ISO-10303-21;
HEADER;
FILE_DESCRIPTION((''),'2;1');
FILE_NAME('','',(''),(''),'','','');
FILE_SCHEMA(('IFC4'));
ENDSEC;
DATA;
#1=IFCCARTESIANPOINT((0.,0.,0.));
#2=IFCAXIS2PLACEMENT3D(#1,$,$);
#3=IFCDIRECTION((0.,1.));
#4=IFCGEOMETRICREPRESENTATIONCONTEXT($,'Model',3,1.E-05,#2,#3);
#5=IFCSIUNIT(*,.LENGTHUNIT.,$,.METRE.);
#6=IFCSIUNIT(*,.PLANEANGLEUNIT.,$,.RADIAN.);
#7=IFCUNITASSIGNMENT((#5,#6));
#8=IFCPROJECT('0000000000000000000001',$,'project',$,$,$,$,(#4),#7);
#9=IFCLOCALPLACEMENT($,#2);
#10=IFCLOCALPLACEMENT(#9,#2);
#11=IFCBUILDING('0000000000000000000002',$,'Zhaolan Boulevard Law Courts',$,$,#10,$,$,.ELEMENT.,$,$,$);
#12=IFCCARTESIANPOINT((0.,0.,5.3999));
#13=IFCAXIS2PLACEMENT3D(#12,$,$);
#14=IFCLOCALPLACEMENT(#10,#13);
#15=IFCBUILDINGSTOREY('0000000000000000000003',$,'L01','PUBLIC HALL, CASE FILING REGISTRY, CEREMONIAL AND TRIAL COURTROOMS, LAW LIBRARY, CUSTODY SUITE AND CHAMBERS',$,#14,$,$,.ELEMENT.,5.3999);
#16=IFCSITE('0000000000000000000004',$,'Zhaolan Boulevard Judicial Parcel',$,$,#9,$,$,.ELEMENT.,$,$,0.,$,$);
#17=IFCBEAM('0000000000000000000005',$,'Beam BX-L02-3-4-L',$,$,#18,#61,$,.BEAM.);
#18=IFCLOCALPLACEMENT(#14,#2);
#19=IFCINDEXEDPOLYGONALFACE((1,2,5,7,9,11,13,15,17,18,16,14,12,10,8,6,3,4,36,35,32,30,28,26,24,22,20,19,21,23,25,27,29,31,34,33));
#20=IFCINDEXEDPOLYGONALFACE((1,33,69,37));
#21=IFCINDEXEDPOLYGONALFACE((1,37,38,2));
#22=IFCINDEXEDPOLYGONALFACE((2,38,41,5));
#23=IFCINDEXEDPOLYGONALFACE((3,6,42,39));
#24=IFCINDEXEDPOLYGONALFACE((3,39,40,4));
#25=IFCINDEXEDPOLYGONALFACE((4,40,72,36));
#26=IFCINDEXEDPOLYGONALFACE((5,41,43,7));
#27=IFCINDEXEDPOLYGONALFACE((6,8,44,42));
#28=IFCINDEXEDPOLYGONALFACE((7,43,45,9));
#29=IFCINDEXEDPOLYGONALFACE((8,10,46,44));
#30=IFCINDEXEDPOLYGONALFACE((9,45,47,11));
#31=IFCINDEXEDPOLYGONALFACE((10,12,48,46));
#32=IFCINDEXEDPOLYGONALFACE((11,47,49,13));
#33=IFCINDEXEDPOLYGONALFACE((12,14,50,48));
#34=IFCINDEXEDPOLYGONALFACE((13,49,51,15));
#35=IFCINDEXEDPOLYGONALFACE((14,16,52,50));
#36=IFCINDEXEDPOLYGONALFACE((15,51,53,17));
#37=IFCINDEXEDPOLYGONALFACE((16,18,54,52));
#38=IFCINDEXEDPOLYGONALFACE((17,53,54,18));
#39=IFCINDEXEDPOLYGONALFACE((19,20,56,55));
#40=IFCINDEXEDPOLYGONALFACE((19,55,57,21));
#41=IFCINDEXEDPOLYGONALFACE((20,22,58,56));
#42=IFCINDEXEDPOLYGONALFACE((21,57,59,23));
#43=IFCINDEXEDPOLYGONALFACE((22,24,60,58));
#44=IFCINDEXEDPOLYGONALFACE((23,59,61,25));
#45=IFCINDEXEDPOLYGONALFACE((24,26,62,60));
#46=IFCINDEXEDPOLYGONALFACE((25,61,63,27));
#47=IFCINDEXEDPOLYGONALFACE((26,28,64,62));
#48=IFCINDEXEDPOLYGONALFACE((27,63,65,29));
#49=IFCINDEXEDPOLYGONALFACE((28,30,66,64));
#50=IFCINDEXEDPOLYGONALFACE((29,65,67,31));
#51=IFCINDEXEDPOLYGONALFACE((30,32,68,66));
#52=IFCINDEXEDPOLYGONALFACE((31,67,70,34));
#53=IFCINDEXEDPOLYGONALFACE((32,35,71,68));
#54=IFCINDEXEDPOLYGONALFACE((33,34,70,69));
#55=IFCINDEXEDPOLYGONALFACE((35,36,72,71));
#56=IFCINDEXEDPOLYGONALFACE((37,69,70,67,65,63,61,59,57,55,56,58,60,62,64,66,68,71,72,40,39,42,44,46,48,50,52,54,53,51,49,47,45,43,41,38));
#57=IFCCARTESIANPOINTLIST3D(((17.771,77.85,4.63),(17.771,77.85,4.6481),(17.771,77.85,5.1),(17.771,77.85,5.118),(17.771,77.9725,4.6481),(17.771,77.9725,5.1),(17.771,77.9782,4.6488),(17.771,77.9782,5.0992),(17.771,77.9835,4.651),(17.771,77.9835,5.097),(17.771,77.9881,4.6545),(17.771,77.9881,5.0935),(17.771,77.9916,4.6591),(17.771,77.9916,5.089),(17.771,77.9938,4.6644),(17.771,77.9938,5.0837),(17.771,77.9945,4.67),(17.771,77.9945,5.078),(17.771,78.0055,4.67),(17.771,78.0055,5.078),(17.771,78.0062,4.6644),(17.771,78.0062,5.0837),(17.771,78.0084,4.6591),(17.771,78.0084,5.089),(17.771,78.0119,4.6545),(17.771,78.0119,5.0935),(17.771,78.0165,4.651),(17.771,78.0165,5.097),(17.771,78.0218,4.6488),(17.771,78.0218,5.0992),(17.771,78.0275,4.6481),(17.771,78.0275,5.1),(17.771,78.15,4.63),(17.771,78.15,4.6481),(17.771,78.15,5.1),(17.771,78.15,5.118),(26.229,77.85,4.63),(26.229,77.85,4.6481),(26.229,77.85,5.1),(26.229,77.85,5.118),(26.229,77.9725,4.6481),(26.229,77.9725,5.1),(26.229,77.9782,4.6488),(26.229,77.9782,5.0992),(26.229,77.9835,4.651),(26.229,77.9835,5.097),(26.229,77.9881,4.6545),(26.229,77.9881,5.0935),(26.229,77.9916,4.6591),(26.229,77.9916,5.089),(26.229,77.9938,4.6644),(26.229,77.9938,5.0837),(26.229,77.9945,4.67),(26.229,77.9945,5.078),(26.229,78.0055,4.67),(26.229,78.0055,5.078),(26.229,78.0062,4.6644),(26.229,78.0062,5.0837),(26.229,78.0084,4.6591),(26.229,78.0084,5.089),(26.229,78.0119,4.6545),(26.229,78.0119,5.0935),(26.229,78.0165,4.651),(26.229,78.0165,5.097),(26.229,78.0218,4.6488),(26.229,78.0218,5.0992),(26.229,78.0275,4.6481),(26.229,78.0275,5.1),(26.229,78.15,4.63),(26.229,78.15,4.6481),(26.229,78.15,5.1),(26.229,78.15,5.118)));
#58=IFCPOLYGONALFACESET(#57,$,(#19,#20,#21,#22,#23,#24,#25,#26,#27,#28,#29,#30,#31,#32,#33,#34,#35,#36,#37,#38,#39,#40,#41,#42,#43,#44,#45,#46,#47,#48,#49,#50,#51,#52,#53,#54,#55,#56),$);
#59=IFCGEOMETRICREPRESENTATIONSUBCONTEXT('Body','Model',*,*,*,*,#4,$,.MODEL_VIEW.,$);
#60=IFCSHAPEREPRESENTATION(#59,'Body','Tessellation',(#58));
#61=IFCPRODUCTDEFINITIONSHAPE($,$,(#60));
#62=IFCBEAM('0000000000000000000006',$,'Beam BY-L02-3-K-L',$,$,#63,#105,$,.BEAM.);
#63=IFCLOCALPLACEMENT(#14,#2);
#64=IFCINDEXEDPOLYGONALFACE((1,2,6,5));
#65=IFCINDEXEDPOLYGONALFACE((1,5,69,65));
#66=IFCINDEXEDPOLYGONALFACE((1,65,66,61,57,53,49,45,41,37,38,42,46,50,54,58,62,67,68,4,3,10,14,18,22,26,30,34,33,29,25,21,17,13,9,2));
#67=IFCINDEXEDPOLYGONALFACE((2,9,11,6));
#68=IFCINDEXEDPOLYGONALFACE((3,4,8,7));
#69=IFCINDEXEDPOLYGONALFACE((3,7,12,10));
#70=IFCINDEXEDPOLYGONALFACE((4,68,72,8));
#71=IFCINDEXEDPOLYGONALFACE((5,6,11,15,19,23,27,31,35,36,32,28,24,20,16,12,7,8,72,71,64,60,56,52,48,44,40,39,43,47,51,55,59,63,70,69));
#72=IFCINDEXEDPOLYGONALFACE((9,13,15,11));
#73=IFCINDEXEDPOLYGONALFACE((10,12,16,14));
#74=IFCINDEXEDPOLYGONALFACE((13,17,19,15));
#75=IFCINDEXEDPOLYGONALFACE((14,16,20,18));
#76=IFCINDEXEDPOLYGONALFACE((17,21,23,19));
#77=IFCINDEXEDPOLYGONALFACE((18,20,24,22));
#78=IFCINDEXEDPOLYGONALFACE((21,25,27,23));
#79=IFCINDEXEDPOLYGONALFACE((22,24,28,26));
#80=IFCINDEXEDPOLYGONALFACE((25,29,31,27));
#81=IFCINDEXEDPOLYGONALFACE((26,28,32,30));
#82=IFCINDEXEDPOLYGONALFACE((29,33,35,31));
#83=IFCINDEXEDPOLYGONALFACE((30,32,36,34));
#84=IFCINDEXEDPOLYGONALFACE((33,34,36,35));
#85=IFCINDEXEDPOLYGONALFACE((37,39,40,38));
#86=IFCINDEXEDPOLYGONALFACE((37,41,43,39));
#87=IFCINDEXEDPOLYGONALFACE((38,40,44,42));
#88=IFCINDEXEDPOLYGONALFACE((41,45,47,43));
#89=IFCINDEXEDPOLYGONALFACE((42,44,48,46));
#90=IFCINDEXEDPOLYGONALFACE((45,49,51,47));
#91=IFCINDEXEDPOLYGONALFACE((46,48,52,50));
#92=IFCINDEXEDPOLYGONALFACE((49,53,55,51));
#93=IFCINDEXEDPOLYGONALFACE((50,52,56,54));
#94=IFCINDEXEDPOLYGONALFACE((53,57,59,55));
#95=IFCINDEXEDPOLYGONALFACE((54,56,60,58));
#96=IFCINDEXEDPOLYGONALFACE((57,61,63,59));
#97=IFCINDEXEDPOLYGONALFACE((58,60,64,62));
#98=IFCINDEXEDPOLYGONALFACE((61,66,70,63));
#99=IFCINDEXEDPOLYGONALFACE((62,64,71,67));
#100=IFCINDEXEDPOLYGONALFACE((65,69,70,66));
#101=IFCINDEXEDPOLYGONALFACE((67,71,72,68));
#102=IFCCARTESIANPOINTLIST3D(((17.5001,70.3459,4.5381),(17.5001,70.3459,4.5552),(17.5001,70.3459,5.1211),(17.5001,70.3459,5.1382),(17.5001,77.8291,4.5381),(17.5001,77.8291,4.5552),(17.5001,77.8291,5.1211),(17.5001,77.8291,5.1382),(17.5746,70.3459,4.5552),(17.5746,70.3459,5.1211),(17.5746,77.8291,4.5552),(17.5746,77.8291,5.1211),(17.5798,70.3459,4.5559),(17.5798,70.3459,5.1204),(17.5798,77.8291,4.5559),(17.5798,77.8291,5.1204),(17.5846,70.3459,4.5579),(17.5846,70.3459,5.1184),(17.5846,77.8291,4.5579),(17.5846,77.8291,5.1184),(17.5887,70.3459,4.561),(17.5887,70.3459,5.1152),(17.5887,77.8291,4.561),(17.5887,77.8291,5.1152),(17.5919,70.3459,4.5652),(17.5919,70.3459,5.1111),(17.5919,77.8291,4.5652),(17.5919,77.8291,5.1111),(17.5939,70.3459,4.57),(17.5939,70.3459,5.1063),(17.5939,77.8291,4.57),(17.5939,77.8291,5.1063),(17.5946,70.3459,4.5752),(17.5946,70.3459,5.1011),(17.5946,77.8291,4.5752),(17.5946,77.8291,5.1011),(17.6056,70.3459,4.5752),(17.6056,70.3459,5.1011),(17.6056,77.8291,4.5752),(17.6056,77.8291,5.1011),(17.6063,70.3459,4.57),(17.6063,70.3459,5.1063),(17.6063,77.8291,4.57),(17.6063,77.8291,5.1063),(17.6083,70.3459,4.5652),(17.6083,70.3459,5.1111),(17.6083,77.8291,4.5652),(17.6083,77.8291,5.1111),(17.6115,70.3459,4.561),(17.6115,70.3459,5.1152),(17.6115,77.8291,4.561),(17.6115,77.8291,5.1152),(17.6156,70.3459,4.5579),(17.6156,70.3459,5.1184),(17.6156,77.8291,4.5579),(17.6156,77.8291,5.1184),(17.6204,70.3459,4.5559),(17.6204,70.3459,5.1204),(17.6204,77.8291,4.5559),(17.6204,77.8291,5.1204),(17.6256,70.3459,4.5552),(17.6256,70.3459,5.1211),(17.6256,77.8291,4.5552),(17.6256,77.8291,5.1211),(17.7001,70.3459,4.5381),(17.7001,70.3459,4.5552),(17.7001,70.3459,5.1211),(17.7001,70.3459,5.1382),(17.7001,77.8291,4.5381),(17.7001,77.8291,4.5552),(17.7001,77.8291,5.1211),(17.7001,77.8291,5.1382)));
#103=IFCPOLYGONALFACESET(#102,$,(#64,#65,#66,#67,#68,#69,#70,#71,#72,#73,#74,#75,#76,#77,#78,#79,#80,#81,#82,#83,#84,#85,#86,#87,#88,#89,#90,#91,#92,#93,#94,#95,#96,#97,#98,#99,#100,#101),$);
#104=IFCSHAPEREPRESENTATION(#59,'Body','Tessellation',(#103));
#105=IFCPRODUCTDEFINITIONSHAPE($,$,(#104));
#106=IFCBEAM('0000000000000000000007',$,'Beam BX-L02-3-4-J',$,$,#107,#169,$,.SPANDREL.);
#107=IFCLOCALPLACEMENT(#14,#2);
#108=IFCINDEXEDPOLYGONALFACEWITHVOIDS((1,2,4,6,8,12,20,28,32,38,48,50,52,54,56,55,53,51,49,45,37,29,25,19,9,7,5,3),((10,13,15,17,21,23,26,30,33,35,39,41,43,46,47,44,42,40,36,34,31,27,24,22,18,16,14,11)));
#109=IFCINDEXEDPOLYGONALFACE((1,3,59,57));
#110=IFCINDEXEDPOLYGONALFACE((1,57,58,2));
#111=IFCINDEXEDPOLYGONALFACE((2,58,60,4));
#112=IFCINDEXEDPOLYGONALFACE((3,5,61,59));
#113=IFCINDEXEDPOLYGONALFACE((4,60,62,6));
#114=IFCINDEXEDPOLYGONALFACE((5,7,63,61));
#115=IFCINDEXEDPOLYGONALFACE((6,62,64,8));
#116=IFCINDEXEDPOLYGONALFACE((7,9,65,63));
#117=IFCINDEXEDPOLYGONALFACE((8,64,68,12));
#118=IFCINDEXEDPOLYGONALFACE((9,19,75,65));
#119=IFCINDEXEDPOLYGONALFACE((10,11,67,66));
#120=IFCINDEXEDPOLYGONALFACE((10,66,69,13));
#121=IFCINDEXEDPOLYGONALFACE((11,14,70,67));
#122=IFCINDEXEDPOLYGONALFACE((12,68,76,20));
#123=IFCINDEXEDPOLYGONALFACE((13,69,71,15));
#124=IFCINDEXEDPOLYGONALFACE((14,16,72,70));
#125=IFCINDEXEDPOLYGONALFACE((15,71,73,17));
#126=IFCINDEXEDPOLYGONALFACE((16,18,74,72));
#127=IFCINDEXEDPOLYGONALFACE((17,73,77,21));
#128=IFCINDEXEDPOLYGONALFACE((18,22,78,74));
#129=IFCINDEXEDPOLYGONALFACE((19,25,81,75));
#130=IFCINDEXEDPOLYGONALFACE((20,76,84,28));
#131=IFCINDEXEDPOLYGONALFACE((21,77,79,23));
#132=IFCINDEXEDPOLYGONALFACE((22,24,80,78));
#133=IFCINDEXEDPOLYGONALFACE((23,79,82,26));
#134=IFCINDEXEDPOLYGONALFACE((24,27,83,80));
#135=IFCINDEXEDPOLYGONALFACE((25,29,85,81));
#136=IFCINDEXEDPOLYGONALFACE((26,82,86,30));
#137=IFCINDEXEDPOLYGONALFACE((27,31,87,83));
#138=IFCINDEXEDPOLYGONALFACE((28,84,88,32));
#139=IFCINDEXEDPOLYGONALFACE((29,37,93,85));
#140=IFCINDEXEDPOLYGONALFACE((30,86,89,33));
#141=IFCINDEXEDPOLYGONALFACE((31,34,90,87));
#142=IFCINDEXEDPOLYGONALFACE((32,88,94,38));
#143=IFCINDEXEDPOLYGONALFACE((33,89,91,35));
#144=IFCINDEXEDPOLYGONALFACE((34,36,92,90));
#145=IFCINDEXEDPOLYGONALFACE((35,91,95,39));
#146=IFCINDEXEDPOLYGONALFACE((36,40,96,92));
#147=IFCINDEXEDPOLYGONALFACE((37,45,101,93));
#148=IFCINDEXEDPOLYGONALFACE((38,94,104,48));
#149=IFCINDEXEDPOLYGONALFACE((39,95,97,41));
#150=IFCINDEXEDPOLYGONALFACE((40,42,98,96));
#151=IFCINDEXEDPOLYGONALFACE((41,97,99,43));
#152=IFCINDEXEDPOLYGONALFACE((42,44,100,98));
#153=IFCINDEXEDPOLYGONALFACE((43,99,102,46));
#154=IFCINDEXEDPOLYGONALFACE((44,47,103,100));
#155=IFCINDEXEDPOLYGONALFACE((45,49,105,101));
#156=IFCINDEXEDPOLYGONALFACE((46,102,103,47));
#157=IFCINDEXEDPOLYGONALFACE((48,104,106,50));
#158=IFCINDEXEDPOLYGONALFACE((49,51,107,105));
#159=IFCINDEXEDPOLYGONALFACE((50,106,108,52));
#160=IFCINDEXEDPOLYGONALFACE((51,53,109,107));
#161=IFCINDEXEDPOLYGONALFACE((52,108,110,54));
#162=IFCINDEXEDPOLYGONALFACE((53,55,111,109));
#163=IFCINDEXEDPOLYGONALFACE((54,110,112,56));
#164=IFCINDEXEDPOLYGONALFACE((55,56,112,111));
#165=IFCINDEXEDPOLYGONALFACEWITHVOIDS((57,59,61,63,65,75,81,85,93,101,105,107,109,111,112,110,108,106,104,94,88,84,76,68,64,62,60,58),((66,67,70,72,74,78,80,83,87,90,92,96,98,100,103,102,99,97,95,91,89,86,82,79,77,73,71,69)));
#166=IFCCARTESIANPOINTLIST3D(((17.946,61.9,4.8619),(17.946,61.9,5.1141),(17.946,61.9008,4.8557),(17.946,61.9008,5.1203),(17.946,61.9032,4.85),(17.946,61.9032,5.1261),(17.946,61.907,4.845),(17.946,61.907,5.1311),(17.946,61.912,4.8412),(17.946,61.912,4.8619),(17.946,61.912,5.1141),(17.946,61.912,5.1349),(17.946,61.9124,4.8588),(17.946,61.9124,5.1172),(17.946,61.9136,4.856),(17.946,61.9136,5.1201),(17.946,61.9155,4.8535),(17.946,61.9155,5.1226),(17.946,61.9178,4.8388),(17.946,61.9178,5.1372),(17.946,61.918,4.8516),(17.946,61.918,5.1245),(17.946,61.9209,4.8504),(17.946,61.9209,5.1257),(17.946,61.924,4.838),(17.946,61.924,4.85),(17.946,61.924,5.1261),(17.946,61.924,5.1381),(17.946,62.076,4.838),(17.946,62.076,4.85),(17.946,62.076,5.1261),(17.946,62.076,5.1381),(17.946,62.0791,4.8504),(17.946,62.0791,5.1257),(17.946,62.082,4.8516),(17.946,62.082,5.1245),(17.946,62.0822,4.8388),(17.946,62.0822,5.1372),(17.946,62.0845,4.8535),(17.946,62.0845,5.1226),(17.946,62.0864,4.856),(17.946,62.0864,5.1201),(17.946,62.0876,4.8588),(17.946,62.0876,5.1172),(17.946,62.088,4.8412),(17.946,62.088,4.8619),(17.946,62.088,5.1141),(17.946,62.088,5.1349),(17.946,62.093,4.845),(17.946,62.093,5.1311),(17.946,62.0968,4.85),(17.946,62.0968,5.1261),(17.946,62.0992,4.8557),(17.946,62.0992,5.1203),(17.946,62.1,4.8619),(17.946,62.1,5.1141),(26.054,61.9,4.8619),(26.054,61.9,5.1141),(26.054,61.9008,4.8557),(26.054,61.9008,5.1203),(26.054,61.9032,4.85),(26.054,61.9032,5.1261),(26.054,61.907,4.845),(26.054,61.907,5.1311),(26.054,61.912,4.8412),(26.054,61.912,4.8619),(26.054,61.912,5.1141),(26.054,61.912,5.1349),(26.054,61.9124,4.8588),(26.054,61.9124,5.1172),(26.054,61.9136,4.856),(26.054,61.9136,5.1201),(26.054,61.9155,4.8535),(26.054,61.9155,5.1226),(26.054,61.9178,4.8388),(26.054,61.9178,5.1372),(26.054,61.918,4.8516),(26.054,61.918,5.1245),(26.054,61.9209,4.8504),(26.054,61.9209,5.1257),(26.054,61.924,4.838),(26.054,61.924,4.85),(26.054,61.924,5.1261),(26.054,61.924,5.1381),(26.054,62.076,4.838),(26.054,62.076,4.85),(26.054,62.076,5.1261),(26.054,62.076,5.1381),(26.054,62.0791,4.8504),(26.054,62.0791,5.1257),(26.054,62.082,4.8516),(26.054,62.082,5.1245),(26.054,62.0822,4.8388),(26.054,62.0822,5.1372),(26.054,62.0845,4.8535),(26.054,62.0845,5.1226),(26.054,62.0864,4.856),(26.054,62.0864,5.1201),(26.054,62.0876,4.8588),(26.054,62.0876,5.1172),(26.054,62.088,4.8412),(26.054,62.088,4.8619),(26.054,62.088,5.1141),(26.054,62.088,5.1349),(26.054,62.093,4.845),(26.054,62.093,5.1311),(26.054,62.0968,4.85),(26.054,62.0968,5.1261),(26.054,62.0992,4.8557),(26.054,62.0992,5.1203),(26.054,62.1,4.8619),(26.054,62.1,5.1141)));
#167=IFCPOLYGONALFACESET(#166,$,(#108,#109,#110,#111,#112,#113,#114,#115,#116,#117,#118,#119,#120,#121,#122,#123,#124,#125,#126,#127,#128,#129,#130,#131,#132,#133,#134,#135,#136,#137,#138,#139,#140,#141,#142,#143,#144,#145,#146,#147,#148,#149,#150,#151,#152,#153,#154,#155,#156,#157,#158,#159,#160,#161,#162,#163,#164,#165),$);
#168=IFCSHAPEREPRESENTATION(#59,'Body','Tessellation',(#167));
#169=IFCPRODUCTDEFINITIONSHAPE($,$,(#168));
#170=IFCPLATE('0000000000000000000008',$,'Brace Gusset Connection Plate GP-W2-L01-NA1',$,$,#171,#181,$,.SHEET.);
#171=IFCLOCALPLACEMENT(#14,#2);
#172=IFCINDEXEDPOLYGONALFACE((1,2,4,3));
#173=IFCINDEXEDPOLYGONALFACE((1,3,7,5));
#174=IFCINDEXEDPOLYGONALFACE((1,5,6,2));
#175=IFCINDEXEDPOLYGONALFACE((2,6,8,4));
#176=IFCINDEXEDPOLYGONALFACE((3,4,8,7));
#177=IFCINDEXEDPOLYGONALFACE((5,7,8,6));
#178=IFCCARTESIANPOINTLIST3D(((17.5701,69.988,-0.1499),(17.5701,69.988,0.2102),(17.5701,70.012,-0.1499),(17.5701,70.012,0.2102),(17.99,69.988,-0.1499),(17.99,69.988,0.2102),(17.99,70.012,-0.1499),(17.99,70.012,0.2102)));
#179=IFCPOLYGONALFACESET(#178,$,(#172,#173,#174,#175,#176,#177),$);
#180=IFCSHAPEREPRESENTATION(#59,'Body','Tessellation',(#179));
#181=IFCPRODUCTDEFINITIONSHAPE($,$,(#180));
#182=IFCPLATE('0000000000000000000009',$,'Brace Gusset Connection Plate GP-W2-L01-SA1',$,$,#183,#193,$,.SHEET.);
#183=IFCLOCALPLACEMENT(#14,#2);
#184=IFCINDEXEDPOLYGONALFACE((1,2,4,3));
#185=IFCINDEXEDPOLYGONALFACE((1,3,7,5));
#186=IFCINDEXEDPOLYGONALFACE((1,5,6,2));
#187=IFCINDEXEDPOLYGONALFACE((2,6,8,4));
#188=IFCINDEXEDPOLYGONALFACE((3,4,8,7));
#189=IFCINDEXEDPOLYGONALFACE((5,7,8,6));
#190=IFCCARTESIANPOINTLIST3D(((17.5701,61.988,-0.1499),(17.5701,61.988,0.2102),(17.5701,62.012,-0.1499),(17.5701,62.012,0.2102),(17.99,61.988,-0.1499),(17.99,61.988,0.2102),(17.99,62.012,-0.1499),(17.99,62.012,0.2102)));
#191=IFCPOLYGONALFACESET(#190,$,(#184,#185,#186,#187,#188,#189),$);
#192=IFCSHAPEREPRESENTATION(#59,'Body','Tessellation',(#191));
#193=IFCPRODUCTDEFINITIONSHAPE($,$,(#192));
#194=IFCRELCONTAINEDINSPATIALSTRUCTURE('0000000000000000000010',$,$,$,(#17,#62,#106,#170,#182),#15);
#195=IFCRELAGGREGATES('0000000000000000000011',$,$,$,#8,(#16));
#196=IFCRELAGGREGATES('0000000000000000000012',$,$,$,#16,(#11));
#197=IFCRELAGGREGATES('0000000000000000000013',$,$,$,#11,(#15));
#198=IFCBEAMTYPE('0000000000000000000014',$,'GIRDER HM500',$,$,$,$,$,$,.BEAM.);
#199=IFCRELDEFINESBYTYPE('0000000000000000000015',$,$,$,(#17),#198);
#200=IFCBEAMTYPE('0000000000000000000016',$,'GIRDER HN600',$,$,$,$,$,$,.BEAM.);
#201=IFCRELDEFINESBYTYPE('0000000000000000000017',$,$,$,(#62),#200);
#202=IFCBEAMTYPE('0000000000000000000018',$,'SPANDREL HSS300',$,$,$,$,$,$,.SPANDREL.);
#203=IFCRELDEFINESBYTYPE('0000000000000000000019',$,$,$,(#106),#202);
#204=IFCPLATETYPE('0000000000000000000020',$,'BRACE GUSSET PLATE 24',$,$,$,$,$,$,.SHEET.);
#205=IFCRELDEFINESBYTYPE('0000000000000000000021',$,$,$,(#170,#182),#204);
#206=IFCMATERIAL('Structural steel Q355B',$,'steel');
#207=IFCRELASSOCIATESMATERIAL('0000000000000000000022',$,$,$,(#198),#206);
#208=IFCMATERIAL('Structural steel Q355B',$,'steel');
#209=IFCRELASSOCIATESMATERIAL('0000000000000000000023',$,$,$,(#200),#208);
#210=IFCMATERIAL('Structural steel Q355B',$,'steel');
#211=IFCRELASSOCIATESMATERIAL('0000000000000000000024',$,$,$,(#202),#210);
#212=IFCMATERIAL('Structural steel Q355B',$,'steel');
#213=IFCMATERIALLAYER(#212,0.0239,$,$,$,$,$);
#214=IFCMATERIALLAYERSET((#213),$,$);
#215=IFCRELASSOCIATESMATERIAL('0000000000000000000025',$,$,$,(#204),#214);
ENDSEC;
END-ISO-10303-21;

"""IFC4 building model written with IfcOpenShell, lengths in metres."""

from ifc_helpers import new_model, si_unit, direction, frame, origin, origin_2d, place, context, subcontext, project, spatial, rectangle, hollow_rectangle, i_section, extrude, material, layer, layer_set, material_profile, profile_set, type_object, element, save


model = new_model("IFC4")

# Units and contexts
model_context = context("Model", 3, precision=1e-05, world=origin(), true_north=direction((0.0, 1.0)))
body_context = subcontext(model_context, "Body", "Model", "MODEL_VIEW")
ifc_project = project(units=[si_unit("LENGTHUNIT", "METRE"), si_unit("PLANEANGLEUNIT", "RADIAN")], contexts=[model_context])

# Site, building, storey
site_placement = place(None, origin())
site = spatial("IfcSite", under=ifc_project, at=site_placement, Name="Zhaolan Boulevard Judicial Parcel", CompositionType="ELEMENT", RefElevation=0.0)
building_placement = place(site_placement, origin())
building = spatial("IfcBuilding", under=site, at=building_placement, Name="Zhaolan Boulevard Law Courts", CompositionType="ELEMENT")
storey_placement = place(building_placement, frame((0.0, 0.0, 5.3999)))
storey = spatial("IfcBuildingStorey", under=building, at=storey_placement, Name="L01", Description="PUBLIC HALL, CASE FILING REGISTRY, CEREMONIAL AND TRIAL COURTROOMS, LAW LIBRARY, CUSTODY SUITE AND CHAMBERS", CompositionType="ELEMENT", Elevation=5.3999)

# Beams
ifc_material_1 = material(Name="Structural steel Q355B", Category="steel")
ifc_material_profile_1 = material_profile(ifc_material_1, i_section(OverallWidth=0.3, OverallDepth=0.488, WebThickness=0.011, FlangeThickness=0.0181, FilletRadius=0.022, at=origin_2d()), Name="HM488x300")
ifc_profile_set_1 = profile_set([ifc_material_profile_1], Name="Structural steel Q355B")
beam_type_1 = type_object("IfcBeamType", Name="GIRDER HM500", PredefinedType="BEAM", material=ifc_profile_set_1)
beam_1_placement = place(storey_placement, frame((17.771, 78.0, 4.874), z_axis=(1.0, 0.0, 0.0), x_axis=(0.0, 1.0, 0.0)))
element("IfcBeam", 1, at=beam_1_placement, inside=storey, type_object=beam_type_1, Name="Beam BX-L02-3-4-L", PredefinedType="BEAM", context=body_context, shape_type="SweptSolid", body=[
    extrude(i_section(OverallWidth=0.3, OverallDepth=0.488, WebThickness=0.011, FlangeThickness=0.0181, FilletRadius=0.022, at=origin_2d()), origin(), (0.0, 0.0, 1.0), 8.458),
])
ifc_material_2 = material(Name="Structural steel Q355B", Category="steel")
ifc_material_profile_2 = material_profile(ifc_material_2, i_section(OverallWidth=0.2, OverallDepth=0.6001, WebThickness=0.011, FlangeThickness=0.0171, FilletRadius=0.02, at=origin_2d()), Name="HN600x200")
ifc_profile_set_2 = profile_set([ifc_material_profile_2], Name="Structural steel Q355B")
beam_type_2 = type_object("IfcBeamType", Name="GIRDER HN600", PredefinedType="BEAM", material=ifc_profile_set_2)
beam_2_placement = place(storey_placement, frame((17.6001, 70.3459, 4.8381), z_axis=(0.0, 1.0, 0.0), x_axis=(-1.0, 0.0, 0.0)))
element("IfcBeam", 2, at=beam_2_placement, inside=storey, type_object=beam_type_2, Name="Beam BY-L02-3-K-L", PredefinedType="BEAM", context=body_context, shape_type="SweptSolid", body=[
    extrude(i_section(OverallWidth=0.2, OverallDepth=0.6001, WebThickness=0.011, FlangeThickness=0.0171, FilletRadius=0.02, at=origin_2d()), origin(), (0.0, 0.0, 1.0), 7.4832),
])
ifc_material_3 = material(Name="Structural steel Q355B", Category="steel")
ifc_material_profile_3 = material_profile(ifc_material_3, hollow_rectangle(XDim=0.2, YDim=0.3, WallThickness=0.012, InnerFilletRadius=0.012, OuterFilletRadius=0.0239, at=origin_2d()), Name="HSS300x200x12")
ifc_profile_set_3 = profile_set([ifc_material_profile_3], Name="Structural steel Q355B")
beam_type_3 = type_object("IfcBeamType", Name="SPANDREL HSS300", PredefinedType="SPANDREL", material=ifc_profile_set_3)
beam_3_placement = place(storey_placement, frame((17.946, 62.0, 4.988), z_axis=(1.0, 0.0, 0.0), x_axis=(0.0, 1.0, 0.0)))
element("IfcBeam", 3, at=beam_3_placement, inside=storey, type_object=beam_type_3, Name="Beam BX-L02-3-4-J", PredefinedType="SPANDREL", context=body_context, shape_type="SweptSolid", body=[
    extrude(hollow_rectangle(XDim=0.2, YDim=0.3, WallThickness=0.012, InnerFilletRadius=0.012, OuterFilletRadius=0.0239, at=origin_2d()), origin(), (0.0, 0.0, 1.0), 8.1079),
])

# Plates
ifc_material_4 = material(Name="Structural steel Q355B", Category="steel")
ifc_layer_1 = layer(ifc_material_4, 0.0239)
ifc_layer_set_1 = layer_set([ifc_layer_1])
plate_type_1 = type_object("IfcPlateType", Name="BRACE GUSSET PLATE 24", PredefinedType="SHEET", material=ifc_layer_set_1)
for number, where, z_axis, x_axis, name in (
    (4, (17.78, 70.0, -0.1499), (0.0, 0.0, 1.0), (1.0, 0.0, 0.0), "Brace Gusset Connection Plate GP-W2-L01-NA1"),
    (5, (17.78, 62.0, -0.1499), (0.0, 0.0, 1.0), (1.0, 0.0, 0.0), "Brace Gusset Connection Plate GP-W2-L01-SA1"),
):
    element("IfcPlate", number, at=place(storey_placement, frame(where, z_axis=z_axis, x_axis=x_axis)), inside=storey, type_object=plate_type_1, Name=name, PredefinedType="SHEET", context=body_context, shape_type="SweptSolid", body=[
        extrude(rectangle(XDim=0.4199, YDim=0.0239, at=origin_2d()), origin(), (0.0, 0.0, 1.0), 0.3601),
    ])

save(model, "model.ifc")
